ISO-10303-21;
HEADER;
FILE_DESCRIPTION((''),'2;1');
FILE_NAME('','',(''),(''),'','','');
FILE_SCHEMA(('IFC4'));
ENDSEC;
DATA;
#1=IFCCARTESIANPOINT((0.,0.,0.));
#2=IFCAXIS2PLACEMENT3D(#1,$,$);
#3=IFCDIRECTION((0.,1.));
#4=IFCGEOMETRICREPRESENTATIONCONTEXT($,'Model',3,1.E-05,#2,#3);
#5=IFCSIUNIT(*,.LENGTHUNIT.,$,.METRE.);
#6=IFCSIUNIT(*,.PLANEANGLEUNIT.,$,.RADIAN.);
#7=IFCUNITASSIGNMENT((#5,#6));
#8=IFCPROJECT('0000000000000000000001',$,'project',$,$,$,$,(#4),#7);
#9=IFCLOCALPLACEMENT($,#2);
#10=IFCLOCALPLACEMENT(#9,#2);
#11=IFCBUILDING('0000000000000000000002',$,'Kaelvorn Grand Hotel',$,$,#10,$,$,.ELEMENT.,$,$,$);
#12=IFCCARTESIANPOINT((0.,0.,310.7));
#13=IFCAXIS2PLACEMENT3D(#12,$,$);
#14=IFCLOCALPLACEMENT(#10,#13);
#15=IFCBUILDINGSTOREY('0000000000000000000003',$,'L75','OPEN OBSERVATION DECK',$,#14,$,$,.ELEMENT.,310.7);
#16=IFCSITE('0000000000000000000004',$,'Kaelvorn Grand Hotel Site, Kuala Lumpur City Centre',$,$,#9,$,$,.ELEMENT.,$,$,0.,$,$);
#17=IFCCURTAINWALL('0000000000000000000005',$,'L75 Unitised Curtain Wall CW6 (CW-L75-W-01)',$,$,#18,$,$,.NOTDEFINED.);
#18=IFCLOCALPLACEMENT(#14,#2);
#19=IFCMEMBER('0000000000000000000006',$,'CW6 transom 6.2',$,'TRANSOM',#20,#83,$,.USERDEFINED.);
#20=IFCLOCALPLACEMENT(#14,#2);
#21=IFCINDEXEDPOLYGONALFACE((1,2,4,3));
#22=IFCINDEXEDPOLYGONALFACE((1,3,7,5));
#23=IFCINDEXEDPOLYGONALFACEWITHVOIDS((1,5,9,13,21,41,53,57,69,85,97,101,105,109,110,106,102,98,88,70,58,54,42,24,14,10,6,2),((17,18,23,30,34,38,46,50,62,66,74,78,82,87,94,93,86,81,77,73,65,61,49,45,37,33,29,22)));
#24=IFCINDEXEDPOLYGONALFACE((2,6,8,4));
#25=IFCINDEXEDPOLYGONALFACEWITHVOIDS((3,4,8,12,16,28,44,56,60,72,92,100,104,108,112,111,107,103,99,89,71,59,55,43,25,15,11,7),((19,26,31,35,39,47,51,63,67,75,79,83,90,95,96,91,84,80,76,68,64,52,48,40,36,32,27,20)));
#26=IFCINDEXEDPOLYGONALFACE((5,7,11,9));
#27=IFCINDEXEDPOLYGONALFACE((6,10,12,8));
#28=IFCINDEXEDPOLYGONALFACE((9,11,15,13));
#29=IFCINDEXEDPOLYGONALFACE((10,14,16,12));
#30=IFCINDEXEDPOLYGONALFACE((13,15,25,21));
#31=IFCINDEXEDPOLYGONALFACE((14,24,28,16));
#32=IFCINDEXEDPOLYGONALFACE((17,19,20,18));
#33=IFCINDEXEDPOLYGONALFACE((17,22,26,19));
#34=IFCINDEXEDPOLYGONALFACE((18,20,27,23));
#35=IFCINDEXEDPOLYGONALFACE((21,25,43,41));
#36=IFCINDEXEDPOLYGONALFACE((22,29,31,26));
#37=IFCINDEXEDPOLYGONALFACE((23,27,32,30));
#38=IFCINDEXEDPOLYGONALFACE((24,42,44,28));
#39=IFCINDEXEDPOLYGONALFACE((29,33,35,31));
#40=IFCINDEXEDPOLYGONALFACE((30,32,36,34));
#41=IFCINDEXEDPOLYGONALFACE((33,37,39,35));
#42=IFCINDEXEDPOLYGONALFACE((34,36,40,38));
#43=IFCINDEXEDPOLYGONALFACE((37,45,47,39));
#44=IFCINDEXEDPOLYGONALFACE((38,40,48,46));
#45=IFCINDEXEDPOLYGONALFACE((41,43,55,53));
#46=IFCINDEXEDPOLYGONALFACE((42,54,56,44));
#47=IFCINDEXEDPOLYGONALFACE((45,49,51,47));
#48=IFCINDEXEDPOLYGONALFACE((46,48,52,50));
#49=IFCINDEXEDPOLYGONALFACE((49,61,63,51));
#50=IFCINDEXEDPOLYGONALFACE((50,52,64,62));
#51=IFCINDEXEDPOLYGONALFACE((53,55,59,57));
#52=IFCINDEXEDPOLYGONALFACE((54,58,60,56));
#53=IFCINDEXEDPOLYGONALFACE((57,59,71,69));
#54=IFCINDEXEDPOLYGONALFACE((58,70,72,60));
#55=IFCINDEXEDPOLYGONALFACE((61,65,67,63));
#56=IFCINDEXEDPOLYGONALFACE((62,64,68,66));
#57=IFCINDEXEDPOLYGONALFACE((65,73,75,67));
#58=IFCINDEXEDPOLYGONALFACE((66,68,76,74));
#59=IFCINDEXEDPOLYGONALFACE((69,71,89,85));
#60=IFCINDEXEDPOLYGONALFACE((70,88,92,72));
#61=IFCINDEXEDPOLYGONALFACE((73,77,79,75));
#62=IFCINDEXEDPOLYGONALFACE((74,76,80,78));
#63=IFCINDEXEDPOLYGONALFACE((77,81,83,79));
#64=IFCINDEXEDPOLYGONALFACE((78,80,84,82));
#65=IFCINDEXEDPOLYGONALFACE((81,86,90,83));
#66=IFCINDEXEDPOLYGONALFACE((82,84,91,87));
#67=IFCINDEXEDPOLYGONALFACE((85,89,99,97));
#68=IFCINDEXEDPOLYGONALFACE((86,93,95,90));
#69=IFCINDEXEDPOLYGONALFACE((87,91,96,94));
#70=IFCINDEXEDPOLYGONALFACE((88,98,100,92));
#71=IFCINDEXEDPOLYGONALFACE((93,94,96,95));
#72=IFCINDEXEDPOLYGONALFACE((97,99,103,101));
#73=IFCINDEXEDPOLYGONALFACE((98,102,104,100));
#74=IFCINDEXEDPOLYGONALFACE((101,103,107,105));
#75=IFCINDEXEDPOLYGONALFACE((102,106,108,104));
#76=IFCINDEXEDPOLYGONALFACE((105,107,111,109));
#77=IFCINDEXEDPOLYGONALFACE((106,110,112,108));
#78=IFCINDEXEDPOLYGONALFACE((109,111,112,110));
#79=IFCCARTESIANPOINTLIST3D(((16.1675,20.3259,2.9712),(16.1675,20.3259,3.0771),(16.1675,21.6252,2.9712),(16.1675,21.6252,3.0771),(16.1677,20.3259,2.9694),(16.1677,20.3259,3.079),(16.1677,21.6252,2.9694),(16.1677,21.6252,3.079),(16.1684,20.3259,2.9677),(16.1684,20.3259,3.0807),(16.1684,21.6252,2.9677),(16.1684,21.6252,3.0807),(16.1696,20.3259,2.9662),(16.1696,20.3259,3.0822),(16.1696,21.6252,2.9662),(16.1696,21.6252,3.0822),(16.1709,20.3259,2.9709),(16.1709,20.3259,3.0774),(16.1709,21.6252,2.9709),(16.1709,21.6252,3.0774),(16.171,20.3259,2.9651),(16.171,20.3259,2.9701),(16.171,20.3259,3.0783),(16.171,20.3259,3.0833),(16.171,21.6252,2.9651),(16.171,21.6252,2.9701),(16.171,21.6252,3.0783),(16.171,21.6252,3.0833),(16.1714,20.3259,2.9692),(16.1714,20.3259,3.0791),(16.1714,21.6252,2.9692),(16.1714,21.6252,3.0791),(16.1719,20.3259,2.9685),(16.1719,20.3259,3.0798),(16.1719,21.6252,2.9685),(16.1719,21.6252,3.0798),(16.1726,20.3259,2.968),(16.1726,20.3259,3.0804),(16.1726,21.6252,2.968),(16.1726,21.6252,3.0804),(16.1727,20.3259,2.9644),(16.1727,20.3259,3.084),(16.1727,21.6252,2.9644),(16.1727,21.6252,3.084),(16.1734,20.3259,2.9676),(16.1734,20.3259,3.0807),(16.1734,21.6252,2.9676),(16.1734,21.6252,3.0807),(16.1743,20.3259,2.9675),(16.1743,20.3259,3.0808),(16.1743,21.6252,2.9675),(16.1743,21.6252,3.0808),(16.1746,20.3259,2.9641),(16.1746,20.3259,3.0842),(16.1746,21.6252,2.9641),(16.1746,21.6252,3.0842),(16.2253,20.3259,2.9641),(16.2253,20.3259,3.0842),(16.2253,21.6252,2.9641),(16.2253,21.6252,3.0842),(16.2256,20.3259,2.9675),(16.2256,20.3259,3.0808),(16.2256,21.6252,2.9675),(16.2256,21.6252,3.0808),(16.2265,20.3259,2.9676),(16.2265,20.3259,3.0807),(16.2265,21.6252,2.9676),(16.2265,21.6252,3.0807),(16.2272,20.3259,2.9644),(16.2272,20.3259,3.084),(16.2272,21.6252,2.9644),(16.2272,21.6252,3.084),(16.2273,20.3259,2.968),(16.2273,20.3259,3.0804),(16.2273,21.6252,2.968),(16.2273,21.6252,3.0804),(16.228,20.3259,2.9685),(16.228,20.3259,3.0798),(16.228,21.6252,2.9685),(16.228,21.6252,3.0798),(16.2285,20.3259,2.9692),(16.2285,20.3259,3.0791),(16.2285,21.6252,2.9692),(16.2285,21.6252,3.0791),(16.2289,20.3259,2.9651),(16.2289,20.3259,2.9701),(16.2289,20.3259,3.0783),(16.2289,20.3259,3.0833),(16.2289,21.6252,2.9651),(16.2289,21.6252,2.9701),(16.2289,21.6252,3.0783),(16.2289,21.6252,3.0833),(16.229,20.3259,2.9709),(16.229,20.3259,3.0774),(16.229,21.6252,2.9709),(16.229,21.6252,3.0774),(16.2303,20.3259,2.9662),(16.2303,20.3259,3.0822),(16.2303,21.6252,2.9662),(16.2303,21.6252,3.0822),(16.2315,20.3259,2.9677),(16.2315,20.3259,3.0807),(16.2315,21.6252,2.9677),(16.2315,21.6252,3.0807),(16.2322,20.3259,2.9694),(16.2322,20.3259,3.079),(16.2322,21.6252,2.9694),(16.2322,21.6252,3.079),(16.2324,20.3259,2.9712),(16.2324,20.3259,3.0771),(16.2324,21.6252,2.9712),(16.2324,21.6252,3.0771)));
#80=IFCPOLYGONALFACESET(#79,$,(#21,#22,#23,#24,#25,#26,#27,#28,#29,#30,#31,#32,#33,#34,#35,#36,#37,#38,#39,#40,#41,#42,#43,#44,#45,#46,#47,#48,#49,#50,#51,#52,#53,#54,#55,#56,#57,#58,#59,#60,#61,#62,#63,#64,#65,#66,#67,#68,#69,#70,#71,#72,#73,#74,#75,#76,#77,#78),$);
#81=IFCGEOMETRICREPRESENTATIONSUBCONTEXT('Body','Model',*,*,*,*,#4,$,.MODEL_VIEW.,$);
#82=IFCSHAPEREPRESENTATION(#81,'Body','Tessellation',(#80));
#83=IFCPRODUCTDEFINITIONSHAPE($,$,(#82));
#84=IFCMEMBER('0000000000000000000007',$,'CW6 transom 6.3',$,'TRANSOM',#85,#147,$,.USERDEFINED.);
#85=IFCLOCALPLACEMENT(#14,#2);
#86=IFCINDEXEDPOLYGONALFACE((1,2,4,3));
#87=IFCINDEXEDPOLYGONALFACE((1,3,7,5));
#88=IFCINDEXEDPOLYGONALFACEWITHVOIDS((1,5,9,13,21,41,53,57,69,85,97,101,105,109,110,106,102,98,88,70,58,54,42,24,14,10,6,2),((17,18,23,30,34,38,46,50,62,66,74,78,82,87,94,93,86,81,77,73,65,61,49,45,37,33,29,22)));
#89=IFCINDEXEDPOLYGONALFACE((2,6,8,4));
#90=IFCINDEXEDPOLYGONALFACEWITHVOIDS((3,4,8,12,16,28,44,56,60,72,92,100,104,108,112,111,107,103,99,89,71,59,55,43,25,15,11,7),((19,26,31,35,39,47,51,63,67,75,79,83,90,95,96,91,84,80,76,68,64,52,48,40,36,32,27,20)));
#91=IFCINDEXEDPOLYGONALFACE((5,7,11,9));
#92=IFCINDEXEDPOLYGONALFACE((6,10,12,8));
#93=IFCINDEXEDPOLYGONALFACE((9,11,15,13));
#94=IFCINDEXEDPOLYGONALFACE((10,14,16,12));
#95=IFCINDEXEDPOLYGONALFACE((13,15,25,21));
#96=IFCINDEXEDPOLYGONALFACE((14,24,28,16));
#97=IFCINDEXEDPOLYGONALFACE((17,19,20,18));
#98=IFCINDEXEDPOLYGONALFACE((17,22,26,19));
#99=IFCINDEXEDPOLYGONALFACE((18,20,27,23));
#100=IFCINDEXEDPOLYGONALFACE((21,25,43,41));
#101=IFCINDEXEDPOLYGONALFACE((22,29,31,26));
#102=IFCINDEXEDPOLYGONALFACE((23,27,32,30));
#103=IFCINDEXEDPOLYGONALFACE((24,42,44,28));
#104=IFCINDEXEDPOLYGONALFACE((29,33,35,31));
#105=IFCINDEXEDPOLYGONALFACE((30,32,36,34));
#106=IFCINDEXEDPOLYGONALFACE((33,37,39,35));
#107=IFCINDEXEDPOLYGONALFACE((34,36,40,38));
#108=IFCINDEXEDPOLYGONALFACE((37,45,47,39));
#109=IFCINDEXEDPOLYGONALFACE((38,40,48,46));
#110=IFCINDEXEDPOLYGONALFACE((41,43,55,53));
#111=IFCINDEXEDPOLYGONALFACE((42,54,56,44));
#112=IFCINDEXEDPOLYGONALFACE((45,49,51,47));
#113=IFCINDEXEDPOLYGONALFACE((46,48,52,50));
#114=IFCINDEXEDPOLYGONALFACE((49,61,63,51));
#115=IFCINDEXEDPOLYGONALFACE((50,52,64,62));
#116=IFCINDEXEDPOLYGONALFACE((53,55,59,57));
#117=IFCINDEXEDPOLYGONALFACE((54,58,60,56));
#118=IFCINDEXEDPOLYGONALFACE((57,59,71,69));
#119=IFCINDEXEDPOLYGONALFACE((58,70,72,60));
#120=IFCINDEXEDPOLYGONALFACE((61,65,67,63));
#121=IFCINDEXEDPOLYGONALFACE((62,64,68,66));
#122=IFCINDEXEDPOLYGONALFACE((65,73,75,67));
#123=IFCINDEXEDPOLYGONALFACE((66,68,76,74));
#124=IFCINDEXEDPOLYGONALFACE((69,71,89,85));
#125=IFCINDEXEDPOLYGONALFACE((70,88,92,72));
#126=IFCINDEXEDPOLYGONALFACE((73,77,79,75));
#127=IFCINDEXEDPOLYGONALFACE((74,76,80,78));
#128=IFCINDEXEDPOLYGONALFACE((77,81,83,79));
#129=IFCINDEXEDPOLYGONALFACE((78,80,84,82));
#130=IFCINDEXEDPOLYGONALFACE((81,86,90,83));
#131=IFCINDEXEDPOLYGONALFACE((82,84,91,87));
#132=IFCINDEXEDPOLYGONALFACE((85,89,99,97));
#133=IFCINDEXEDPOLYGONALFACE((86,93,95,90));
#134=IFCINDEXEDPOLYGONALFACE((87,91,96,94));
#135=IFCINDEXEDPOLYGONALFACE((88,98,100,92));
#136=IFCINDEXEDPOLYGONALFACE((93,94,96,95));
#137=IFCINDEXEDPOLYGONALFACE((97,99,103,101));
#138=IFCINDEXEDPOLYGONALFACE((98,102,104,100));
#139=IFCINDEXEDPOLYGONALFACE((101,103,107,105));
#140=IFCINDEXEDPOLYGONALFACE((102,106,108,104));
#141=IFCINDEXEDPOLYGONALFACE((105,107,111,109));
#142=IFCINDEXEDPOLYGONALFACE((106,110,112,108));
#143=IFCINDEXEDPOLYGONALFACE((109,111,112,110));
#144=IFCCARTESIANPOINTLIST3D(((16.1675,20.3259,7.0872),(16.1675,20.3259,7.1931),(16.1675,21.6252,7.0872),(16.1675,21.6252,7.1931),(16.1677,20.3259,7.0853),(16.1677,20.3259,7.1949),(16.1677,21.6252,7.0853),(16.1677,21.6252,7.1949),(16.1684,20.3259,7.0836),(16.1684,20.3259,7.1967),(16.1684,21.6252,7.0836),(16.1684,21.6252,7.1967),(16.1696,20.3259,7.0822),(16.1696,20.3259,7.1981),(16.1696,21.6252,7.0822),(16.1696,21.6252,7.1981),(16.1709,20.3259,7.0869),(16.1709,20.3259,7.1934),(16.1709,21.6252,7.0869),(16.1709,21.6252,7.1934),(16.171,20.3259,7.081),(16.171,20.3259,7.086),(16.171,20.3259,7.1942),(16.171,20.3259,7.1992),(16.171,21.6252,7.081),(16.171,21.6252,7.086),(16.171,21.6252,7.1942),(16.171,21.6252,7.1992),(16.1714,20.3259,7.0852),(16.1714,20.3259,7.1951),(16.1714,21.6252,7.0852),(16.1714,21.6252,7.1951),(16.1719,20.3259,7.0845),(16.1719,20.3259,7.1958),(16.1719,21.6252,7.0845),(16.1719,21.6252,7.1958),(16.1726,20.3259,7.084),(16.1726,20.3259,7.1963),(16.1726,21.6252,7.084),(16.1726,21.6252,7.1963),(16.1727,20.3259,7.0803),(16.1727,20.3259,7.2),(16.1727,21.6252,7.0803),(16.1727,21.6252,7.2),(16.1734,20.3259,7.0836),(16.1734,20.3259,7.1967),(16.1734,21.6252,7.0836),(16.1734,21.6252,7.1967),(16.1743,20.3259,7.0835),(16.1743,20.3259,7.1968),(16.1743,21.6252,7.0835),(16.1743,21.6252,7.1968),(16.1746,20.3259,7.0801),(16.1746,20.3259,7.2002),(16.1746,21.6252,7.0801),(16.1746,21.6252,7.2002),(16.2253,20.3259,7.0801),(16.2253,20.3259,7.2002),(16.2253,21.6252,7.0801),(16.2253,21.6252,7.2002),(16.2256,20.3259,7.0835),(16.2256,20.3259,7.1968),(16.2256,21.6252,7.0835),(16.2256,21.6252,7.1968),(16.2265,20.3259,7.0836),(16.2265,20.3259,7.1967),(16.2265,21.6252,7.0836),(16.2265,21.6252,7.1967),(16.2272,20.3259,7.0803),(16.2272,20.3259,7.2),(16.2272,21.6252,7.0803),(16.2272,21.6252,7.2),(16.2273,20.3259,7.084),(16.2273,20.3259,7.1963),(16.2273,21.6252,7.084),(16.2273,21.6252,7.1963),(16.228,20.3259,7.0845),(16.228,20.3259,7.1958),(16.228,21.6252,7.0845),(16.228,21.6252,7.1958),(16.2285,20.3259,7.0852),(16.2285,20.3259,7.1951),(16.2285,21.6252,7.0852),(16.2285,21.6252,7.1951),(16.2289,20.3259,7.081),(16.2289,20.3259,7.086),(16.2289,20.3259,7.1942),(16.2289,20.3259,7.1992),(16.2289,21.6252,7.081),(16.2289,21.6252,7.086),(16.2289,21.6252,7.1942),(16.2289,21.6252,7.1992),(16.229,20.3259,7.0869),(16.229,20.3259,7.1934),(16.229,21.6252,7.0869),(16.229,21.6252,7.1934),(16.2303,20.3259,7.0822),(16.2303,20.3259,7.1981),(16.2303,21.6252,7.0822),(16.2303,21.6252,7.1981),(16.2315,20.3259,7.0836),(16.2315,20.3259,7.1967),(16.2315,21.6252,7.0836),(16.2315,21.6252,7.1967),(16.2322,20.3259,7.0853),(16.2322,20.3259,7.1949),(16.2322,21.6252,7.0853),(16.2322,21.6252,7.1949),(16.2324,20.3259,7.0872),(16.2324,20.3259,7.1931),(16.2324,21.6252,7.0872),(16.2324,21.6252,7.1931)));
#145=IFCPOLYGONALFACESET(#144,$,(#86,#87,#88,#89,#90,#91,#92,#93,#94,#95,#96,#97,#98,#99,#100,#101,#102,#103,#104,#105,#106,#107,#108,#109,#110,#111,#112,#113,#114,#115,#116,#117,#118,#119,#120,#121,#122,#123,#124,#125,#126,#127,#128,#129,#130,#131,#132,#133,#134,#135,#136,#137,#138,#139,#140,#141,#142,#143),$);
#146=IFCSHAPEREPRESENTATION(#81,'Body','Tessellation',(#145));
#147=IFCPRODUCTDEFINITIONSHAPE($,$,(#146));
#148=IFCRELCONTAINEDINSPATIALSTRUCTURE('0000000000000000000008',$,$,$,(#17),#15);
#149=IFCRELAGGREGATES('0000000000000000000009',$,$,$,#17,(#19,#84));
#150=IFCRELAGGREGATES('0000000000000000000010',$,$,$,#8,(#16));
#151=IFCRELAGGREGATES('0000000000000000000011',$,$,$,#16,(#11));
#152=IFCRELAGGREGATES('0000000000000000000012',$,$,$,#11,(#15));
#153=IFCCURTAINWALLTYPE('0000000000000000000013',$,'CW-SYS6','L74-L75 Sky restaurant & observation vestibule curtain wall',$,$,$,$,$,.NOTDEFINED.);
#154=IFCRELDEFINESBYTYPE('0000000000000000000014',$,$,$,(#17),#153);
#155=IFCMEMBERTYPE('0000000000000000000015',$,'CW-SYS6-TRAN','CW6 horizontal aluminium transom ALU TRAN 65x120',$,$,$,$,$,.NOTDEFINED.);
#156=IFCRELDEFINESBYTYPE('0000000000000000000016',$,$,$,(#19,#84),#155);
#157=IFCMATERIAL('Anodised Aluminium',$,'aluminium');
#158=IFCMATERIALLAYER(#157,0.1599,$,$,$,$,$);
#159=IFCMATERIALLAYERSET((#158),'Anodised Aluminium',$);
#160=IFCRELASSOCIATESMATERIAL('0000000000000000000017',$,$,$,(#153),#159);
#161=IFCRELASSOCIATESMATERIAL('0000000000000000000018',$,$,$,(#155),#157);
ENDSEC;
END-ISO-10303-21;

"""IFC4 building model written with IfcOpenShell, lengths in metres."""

from ifc_helpers import new_model, si_unit, direction, frame, origin, origin_2d, place, context, subcontext, project, spatial, hollow_rectangle, extrude, material, layer, layer_set, material_profile, profile_set, type_object, element, aggregate, save


model = new_model("IFC4")

# Units and contexts
model_context = context("Model", 3, precision=1e-05, world=origin(), true_north=direction((0.0, 1.0)))
body_context = subcontext(model_context, "Body", "Model", "MODEL_VIEW")
ifc_project = project(units=[si_unit("LENGTHUNIT", "METRE"), si_unit("PLANEANGLEUNIT", "RADIAN")], contexts=[model_context])

# Site, building, storey
site_placement = place(None, origin())
site = spatial("IfcSite", under=ifc_project, at=site_placement, Name="Kaelvorn Grand Hotel Site, Kuala Lumpur City Centre", CompositionType="ELEMENT", RefElevation=0.0)
building_placement = place(site_placement, origin())
building = spatial("IfcBuilding", under=site, at=building_placement, Name="Kaelvorn Grand Hotel", CompositionType="ELEMENT")
storey_placement = place(building_placement, frame((0.0, 0.0, 310.7)))
storey = spatial("IfcBuildingStorey", under=building, at=storey_placement, Name="L75", Description="OPEN OBSERVATION DECK", CompositionType="ELEMENT", Elevation=310.7)

# Curtain wall, members
ifc_material_1 = material(Name="Anodised Aluminium", Category="aluminium")
ifc_layer_1 = layer(ifc_material_1, 0.1599)
ifc_layer_set_1 = layer_set([ifc_layer_1], Name="Anodised Aluminium")
curtain_wall_type = type_object("IfcCurtainWallType", Name="CW-SYS6", Description="L74-L75 Sky restaurant & observation vestibule curtain wall", PredefinedType="NOTDEFINED", material=ifc_layer_set_1)
curtain_wall_placement = place(storey_placement, origin())
curtain_wall = element("IfcCurtainWall", 1, at=curtain_wall_placement, inside=storey, type_object=curtain_wall_type, Name="L75 Unitised Curtain Wall CW6 (CW-L75-W-01)", PredefinedType="NOTDEFINED")
ifc_material_profile_1 = material_profile(ifc_material_1, hollow_rectangle(XDim=0.0649, YDim=0.1201, WallThickness=0.0034, InnerFilletRadius=0.0034, OuterFilletRadius=0.0071, at=origin_2d()), Name="ALU TRAN 65x120")
ifc_profile_set_1 = profile_set([ifc_material_profile_1], Name="Anodised Aluminium")
member_type_1 = type_object("IfcMemberType", Name="CW-SYS6-TRAN", Description="CW6 horizontal aluminium transom ALU TRAN 65x120", PredefinedType="NOTDEFINED", material=ifc_profile_set_1)
member_1_placement = place(storey_placement, frame((16.2, 21.6252, 3.0242), z_axis=(0.0, -1.0, 0.0), x_axis=(1.0, 0.0, 0.0)))
member_1 = element("IfcMember", 2, at=member_1_placement, type_object=member_type_1, Name="CW6 transom 6.2", ObjectType="TRANSOM", PredefinedType="USERDEFINED", context=body_context, shape_type="SweptSolid", body=[
    extrude(hollow_rectangle(XDim=0.0649, YDim=0.1201, WallThickness=0.0034, InnerFilletRadius=0.0034, OuterFilletRadius=0.0071, at=origin_2d()), origin(), (0.0, 0.0, 1.0), 1.2993),
])
member_2_placement = place(storey_placement, frame((16.2, 21.6252, 7.1401), z_axis=(0.0, -1.0, 0.0), x_axis=(1.0, 0.0, 0.0)))
member_2 = element("IfcMember", 3, at=member_2_placement, type_object=member_type_1, Name="CW6 transom 6.3", ObjectType="TRANSOM", PredefinedType="USERDEFINED", context=body_context, shape_type="SweptSolid", body=[
    extrude(hollow_rectangle(XDim=0.0649, YDim=0.1201, WallThickness=0.0034, InnerFilletRadius=0.0034, OuterFilletRadius=0.0071, at=origin_2d()), origin(), (0.0, 0.0, 1.0), 1.2993),
])
aggregate(curtain_wall, [member_1, member_2])

save(model, "model.ifc")
